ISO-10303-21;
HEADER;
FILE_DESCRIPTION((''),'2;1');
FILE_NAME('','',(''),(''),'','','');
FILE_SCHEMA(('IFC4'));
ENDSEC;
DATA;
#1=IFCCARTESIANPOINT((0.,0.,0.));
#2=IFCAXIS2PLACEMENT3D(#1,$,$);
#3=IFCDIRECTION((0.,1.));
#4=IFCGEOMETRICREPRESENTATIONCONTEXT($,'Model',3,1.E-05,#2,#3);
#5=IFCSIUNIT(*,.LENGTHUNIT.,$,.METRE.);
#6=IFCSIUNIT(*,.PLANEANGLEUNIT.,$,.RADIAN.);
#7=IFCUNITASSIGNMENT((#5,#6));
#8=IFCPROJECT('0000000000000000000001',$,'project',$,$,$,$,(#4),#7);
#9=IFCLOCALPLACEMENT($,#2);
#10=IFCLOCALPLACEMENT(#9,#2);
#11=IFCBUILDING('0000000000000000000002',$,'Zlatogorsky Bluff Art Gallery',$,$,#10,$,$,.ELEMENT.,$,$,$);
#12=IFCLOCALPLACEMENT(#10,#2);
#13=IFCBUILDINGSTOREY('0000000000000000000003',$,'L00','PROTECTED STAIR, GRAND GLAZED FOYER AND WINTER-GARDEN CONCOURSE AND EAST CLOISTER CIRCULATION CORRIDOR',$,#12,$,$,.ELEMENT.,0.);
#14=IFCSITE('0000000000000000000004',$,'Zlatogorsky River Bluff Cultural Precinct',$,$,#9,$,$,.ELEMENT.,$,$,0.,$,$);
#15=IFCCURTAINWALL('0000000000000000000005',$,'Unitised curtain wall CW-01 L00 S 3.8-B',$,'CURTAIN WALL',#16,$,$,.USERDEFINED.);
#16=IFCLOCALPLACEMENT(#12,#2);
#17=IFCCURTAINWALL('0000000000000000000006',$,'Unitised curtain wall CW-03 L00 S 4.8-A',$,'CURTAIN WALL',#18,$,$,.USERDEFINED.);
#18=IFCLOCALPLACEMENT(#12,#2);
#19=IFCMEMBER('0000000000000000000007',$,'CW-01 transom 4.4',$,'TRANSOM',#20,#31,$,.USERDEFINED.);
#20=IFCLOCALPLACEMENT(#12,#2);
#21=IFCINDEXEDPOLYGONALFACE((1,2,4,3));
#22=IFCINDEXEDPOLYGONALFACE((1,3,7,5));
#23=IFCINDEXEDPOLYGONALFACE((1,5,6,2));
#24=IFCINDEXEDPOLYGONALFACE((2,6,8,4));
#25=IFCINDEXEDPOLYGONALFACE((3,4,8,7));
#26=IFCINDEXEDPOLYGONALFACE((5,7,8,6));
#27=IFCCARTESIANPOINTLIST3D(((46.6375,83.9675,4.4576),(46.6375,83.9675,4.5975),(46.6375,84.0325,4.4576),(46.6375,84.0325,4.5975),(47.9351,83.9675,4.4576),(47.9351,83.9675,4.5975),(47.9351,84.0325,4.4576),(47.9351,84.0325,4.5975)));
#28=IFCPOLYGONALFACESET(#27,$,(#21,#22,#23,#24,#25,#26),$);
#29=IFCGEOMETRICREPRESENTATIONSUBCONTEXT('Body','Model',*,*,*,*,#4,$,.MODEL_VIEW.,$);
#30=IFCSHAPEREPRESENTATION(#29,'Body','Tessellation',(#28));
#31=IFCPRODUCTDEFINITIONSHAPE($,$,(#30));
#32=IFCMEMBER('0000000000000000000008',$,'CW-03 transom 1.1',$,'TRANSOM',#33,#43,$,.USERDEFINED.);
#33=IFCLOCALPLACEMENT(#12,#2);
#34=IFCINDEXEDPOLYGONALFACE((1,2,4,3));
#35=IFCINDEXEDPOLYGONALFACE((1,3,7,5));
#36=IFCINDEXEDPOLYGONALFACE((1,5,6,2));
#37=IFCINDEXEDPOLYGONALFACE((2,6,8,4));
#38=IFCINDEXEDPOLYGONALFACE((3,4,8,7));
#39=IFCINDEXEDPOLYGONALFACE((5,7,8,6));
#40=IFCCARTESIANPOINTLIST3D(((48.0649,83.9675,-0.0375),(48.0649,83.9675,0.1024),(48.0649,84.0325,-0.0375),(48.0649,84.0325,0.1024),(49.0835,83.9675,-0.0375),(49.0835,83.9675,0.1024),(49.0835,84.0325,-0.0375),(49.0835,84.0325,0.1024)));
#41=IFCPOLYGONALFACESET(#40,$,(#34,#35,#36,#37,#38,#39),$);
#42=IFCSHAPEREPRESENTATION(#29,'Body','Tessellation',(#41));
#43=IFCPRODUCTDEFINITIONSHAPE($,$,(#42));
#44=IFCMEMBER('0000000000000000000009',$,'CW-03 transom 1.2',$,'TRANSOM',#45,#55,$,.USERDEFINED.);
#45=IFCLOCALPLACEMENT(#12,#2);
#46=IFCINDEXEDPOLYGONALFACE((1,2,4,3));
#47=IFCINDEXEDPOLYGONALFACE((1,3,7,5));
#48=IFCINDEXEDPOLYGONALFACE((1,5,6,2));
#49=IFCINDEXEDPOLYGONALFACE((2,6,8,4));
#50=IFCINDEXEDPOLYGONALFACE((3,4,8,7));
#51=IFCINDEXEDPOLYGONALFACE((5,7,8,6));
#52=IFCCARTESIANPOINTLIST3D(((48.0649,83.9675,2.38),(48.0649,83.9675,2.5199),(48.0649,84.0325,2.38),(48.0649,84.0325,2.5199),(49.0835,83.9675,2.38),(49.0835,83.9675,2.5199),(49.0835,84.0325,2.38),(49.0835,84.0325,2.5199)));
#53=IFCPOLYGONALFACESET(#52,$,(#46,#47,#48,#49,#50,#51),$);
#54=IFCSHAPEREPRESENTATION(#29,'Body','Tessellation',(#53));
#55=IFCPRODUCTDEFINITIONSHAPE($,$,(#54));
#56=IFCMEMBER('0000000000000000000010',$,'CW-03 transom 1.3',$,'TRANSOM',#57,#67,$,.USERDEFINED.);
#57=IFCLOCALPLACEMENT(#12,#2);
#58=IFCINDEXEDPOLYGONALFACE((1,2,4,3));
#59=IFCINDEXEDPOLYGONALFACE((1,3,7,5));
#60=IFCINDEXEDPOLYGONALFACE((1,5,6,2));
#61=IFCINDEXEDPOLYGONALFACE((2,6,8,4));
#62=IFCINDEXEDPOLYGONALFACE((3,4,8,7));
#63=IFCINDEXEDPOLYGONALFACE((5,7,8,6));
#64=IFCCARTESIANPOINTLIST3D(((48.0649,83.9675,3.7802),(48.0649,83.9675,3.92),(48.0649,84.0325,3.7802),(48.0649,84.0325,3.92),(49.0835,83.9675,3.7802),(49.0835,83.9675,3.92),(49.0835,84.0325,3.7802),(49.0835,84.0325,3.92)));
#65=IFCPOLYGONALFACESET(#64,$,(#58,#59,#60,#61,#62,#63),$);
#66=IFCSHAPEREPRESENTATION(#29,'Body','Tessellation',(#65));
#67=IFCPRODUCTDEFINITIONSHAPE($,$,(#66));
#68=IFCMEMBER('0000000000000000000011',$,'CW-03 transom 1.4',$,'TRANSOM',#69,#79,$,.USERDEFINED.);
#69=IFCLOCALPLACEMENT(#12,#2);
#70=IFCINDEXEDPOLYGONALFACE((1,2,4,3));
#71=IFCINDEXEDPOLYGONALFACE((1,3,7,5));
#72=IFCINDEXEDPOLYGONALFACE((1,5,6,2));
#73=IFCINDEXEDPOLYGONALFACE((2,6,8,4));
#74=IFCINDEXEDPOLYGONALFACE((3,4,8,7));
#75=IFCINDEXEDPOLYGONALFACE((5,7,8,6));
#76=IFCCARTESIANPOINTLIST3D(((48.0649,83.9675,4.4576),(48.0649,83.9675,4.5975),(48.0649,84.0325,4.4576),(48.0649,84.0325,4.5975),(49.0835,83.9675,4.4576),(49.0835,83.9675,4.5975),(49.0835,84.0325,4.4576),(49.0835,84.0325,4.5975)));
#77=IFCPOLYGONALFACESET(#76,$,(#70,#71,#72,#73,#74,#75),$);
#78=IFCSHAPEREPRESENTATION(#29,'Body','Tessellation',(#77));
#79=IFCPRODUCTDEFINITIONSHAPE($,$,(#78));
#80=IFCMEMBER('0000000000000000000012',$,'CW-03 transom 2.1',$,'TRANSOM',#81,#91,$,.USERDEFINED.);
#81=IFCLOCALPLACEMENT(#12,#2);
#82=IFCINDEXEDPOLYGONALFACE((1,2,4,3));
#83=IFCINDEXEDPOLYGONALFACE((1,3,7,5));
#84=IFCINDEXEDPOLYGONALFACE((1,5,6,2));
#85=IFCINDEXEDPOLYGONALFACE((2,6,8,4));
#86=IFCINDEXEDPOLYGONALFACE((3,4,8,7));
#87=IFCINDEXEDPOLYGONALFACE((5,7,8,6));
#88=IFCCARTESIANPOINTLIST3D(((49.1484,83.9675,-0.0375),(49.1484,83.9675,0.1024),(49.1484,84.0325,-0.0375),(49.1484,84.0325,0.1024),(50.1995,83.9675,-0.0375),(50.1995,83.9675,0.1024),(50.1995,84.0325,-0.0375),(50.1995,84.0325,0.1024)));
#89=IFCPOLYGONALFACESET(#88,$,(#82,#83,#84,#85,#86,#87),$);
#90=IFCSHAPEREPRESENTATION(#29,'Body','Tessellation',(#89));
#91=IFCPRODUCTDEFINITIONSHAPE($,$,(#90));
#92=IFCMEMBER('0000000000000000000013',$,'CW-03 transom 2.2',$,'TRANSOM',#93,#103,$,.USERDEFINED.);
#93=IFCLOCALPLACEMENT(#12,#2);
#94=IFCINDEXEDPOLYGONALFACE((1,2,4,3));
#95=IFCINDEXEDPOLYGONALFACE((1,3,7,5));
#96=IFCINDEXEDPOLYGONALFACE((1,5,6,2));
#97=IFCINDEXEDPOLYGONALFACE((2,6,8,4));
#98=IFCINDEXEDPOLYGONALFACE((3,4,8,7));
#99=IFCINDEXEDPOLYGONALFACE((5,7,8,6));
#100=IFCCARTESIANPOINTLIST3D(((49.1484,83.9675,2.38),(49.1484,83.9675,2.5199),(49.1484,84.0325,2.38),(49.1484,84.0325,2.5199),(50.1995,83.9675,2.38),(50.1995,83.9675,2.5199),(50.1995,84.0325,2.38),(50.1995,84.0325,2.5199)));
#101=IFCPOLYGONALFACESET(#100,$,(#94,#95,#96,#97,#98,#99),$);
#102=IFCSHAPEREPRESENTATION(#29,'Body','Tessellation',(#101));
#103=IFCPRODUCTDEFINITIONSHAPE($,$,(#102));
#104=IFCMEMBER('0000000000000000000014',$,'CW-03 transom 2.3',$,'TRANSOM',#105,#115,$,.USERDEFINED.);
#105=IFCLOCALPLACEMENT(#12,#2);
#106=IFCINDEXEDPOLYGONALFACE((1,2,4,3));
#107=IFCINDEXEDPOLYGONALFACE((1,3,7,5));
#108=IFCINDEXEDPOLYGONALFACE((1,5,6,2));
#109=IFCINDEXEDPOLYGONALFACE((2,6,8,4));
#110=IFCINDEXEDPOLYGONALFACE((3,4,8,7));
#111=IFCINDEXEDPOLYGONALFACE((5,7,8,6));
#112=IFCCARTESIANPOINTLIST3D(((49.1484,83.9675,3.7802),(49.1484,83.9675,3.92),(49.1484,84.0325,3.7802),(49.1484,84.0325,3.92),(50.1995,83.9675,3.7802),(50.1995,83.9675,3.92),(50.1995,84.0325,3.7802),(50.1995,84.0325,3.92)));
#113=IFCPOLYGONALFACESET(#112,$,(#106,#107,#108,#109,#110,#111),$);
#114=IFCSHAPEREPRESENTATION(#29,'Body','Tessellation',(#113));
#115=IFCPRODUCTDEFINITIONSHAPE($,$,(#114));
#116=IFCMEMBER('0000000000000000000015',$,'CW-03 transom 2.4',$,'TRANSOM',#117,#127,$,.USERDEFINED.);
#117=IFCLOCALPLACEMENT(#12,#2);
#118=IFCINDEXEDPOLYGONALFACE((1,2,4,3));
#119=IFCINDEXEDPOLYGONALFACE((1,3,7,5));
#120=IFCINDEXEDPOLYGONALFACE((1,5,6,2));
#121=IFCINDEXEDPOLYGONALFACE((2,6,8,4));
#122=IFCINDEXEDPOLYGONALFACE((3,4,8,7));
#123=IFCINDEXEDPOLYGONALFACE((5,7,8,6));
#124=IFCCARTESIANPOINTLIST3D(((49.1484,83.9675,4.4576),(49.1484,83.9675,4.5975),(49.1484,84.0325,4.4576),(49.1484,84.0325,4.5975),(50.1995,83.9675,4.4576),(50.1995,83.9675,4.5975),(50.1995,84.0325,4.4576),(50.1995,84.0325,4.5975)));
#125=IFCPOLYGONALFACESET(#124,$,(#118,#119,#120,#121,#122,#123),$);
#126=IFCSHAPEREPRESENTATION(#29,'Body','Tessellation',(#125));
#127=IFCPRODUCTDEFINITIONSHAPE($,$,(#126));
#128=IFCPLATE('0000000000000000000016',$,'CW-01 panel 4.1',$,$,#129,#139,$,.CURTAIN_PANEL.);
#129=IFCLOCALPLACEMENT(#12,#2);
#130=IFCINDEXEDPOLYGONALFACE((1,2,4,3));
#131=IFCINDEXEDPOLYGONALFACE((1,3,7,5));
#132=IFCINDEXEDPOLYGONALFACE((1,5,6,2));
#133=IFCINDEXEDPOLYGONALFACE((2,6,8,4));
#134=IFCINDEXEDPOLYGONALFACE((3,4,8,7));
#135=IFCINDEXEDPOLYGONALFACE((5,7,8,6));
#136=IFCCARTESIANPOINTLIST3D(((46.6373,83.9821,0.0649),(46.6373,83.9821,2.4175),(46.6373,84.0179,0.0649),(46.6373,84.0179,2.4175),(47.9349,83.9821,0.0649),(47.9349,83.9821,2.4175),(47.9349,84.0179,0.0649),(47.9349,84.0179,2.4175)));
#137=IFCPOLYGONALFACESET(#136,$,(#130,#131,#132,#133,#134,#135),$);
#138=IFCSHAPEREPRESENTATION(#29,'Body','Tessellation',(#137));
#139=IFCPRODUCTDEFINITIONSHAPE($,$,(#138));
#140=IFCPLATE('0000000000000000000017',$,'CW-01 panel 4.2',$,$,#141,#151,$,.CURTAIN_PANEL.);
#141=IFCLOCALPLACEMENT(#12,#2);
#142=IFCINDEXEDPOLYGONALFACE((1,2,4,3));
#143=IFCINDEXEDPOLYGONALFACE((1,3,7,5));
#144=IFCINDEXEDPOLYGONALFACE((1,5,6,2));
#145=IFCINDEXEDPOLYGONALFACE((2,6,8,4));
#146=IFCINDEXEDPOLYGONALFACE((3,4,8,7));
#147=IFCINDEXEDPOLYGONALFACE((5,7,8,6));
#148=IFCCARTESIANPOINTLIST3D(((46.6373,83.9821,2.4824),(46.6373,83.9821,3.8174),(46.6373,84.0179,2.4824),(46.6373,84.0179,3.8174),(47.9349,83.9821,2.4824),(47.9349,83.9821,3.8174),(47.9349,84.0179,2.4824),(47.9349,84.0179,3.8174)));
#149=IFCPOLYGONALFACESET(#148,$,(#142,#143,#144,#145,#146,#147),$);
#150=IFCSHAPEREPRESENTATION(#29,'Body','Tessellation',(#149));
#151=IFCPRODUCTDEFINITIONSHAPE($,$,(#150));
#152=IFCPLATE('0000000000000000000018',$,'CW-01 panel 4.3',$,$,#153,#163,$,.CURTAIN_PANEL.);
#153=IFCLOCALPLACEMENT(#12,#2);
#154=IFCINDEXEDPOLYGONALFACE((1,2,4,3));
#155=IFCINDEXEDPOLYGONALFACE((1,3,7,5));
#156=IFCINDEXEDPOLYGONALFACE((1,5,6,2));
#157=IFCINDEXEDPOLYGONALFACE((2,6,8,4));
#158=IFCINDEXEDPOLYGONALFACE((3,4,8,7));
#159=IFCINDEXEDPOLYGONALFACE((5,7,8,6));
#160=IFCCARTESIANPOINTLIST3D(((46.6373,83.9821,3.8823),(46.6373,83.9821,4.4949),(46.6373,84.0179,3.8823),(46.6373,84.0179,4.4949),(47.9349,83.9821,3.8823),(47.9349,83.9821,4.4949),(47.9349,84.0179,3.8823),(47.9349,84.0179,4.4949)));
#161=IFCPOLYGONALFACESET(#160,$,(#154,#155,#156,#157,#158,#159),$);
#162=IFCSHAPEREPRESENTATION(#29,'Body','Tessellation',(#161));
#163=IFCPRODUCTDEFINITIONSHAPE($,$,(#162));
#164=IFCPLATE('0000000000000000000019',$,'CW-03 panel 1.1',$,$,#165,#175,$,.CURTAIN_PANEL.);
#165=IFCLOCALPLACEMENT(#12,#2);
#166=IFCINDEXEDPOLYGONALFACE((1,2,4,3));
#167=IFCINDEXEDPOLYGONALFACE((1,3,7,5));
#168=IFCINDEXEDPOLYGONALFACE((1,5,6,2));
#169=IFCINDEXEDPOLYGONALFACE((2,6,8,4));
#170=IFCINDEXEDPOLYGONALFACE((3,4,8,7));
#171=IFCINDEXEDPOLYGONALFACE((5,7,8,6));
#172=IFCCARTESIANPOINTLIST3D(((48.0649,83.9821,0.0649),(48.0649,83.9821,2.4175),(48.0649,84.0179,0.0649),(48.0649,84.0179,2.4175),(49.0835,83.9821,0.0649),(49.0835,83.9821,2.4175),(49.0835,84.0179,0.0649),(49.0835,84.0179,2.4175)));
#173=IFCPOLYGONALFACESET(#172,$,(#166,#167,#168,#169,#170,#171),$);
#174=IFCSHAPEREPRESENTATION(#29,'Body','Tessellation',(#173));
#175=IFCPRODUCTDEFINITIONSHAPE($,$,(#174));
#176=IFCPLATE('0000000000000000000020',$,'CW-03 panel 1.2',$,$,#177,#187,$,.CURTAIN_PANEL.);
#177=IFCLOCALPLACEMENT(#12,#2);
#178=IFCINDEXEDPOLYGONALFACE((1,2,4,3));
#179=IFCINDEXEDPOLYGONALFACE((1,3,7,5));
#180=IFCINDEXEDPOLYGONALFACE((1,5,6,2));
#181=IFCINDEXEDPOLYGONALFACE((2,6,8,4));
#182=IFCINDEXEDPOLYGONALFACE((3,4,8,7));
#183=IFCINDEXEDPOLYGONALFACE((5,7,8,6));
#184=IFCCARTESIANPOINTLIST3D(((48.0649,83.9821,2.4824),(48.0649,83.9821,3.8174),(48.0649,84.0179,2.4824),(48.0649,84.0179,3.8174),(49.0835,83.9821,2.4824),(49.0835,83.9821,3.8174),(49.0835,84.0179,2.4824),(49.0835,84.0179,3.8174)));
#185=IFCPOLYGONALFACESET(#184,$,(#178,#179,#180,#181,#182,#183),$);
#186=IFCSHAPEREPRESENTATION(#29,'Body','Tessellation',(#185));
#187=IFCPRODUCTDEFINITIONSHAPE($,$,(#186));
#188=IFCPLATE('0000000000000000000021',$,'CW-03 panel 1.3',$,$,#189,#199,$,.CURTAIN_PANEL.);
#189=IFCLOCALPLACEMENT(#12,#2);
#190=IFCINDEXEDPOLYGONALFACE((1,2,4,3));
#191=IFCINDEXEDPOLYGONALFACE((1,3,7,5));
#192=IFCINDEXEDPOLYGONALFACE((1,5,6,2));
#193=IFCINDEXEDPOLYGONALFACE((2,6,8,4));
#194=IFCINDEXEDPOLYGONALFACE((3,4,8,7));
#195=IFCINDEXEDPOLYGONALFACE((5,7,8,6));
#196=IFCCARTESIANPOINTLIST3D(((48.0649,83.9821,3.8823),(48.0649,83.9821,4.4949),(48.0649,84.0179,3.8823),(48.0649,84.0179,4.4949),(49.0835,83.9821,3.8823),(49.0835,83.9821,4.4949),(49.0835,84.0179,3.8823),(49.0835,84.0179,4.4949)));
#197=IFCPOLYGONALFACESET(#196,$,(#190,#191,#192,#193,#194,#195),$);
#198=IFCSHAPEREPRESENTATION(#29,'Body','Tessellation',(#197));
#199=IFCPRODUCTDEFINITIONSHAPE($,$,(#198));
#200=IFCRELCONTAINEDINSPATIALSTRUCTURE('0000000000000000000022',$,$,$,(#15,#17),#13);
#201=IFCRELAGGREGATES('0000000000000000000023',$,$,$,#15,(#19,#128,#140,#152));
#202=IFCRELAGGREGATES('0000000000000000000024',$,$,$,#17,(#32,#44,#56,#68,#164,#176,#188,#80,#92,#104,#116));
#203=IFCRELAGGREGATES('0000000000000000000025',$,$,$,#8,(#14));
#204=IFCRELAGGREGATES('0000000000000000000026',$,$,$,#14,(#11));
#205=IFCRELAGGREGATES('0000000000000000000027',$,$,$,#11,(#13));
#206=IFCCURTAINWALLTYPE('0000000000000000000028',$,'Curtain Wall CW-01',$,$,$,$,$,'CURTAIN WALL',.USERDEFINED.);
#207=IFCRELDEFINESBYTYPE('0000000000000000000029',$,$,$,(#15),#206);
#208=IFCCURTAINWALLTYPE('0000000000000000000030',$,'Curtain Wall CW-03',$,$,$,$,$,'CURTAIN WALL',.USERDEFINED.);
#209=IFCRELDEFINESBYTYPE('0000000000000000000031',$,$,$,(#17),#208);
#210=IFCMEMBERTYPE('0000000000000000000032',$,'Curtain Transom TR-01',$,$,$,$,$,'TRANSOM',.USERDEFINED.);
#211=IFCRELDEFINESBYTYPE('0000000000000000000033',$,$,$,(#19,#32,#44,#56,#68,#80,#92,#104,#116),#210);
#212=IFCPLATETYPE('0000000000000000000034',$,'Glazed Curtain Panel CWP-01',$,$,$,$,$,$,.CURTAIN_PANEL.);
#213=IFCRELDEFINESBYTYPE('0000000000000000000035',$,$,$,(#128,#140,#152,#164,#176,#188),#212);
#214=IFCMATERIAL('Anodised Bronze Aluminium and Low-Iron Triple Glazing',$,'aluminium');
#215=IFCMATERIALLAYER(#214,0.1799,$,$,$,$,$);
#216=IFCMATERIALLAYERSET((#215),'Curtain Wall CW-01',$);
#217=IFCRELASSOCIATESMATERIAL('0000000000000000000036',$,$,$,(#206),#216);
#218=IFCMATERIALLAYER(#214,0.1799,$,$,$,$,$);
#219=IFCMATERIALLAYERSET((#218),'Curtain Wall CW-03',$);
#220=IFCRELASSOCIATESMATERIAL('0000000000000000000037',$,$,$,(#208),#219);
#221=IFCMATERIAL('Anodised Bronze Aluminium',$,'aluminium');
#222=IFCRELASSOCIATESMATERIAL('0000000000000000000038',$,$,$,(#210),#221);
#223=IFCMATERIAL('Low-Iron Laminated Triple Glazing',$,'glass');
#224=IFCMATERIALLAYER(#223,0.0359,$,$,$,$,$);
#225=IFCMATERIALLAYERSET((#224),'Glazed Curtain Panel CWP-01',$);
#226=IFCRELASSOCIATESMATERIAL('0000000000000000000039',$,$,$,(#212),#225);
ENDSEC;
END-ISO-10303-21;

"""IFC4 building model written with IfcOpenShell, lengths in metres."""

from ifc_helpers import new_model, si_unit, direction, frame, origin, origin_2d, place, context, subcontext, project, spatial, rectangle, extrude, material, layer, layer_set, material_profile, profile_set, type_object, element, aggregate, save


model = new_model("IFC4")

# Units and contexts
model_context = context("Model", 3, precision=1e-05, world=origin(), true_north=direction((0.0, 1.0)))
body_context = subcontext(model_context, "Body", "Model", "MODEL_VIEW")
ifc_project = project(units=[si_unit("LENGTHUNIT", "METRE"), si_unit("PLANEANGLEUNIT", "RADIAN")], contexts=[model_context])

# Site, building, storey
site_placement = place(None, origin())
site = spatial("IfcSite", under=ifc_project, at=site_placement, Name="Zlatogorsky River Bluff Cultural Precinct", CompositionType="ELEMENT", RefElevation=0.0)
building_placement = place(site_placement, origin())
building = spatial("IfcBuilding", under=site, at=building_placement, Name="Zlatogorsky Bluff Art Gallery", CompositionType="ELEMENT")
storey_placement = place(building_placement, origin())
storey = spatial("IfcBuildingStorey", under=building, at=storey_placement, Name="L00", Description="PROTECTED STAIR, GRAND GLAZED FOYER AND WINTER-GARDEN CONCOURSE AND EAST CLOISTER CIRCULATION CORRIDOR", CompositionType="ELEMENT", Elevation=0.0)

# Curtain walls
ifc_material_1 = material(Name="Anodised Bronze Aluminium and Low-Iron Triple Glazing", Category="aluminium")
ifc_layer_1 = layer(ifc_material_1, 0.1799)
ifc_layer_set_1 = layer_set([ifc_layer_1], Name="Curtain Wall CW-01")
curtain_wall_type_1 = type_object("IfcCurtainWallType", Name="Curtain Wall CW-01", ElementType="CURTAIN WALL", PredefinedType="USERDEFINED", material=ifc_layer_set_1)
curtain_wall_1_placement = place(storey_placement, origin())
curtain_wall_1 = element("IfcCurtainWall", 1, at=curtain_wall_1_placement, inside=storey, type_object=curtain_wall_type_1, Name="Unitised curtain wall CW-01 L00 S 3.8-B", ObjectType="CURTAIN WALL", PredefinedType="USERDEFINED")
ifc_material_2 = material(Name="Anodised Bronze Aluminium", Category="aluminium")
ifc_layer_2 = layer(ifc_material_1, 0.1799)
ifc_layer_set_2 = layer_set([ifc_layer_2], Name="Curtain Wall CW-03")
curtain_wall_type_2 = type_object("IfcCurtainWallType", Name="Curtain Wall CW-03", ElementType="CURTAIN WALL", PredefinedType="USERDEFINED", material=ifc_layer_set_2)
curtain_wall_2_placement = place(storey_placement, origin())
curtain_wall_2 = element("IfcCurtainWall", 2, at=curtain_wall_2_placement, inside=storey, type_object=curtain_wall_type_2, Name="Unitised curtain wall CW-03 L00 S 4.8-A", ObjectType="CURTAIN WALL", PredefinedType="USERDEFINED")

# Members
ifc_material_profile_1 = material_profile(ifc_material_2, rectangle(XDim=0.0649, YDim=0.1399, at=origin_2d()), Name="ALU TRANSOM 65x140")
ifc_profile_set_1 = profile_set([ifc_material_profile_1], Name="Anodised Bronze Aluminium")
member_type_1 = type_object("IfcMemberType", Name="Curtain Transom TR-01", ElementType="TRANSOM", PredefinedType="USERDEFINED", material=ifc_profile_set_1)
member_1_placement = place(storey_placement, frame((46.6375, 84.0, 4.5276), z_axis=(1.0, 0.0, 0.0), x_axis=(0.0, 1.0, 0.0)))
member_1 = element("IfcMember", 3, at=member_1_placement, type_object=member_type_1, Name="CW-01 transom 4.4", ObjectType="TRANSOM", PredefinedType="USERDEFINED", context=body_context, shape_type="SweptSolid", body=[
    extrude(rectangle(XDim=0.0649, YDim=0.1399, at=origin_2d()), origin(), (0.0, 0.0, 1.0), 1.2976),
])
member_2_placement = place(storey_placement, frame((48.0649, 84.0, 0.0325), z_axis=(1.0, 0.0, 0.0), x_axis=(0.0, 1.0, 0.0)))
member_2 = element("IfcMember", 4, at=member_2_placement, type_object=member_type_1, Name="CW-03 transom 1.1", ObjectType="TRANSOM", PredefinedType="USERDEFINED", context=body_context, shape_type="SweptSolid", body=[
    extrude(rectangle(XDim=0.0649, YDim=0.1399, at=origin_2d()), origin(), (0.0, 0.0, 1.0), 1.0186),
])
member_3_placement = place(storey_placement, frame((48.0649, 84.0, 2.45), z_axis=(1.0, 0.0, 0.0), x_axis=(0.0, 1.0, 0.0)))
member_3 = element("IfcMember", 5, at=member_3_placement, type_object=member_type_1, Name="CW-03 transom 1.2", ObjectType="TRANSOM", PredefinedType="USERDEFINED", context=body_context, shape_type="SweptSolid", body=[
    extrude(rectangle(XDim=0.0649, YDim=0.1399, at=origin_2d()), origin(), (0.0, 0.0, 1.0), 1.0186),
])
member_4_placement = place(storey_placement, frame((48.0649, 84.0, 3.8501), z_axis=(1.0, 0.0, 0.0), x_axis=(0.0, 1.0, 0.0)))
member_4 = element("IfcMember", 6, at=member_4_placement, type_object=member_type_1, Name="CW-03 transom 1.3", ObjectType="TRANSOM", PredefinedType="USERDEFINED", context=body_context, shape_type="SweptSolid", body=[
    extrude(rectangle(XDim=0.0649, YDim=0.1399, at=origin_2d()), origin(), (0.0, 0.0, 1.0), 1.0186),
])
member_5_placement = place(storey_placement, frame((48.0649, 84.0, 4.5276), z_axis=(1.0, 0.0, 0.0), x_axis=(0.0, 1.0, 0.0)))
member_5 = element("IfcMember", 7, at=member_5_placement, type_object=member_type_1, Name="CW-03 transom 1.4", ObjectType="TRANSOM", PredefinedType="USERDEFINED", context=body_context, shape_type="SweptSolid", body=[
    extrude(rectangle(XDim=0.0649, YDim=0.1399, at=origin_2d()), origin(), (0.0, 0.0, 1.0), 1.0186),
])
member_6_placement = place(storey_placement, frame((49.1484, 84.0, 0.0325), z_axis=(1.0, 0.0, 0.0), x_axis=(0.0, 1.0, 0.0)))
member_6 = element("IfcMember", 8, at=member_6_placement, type_object=member_type_1, Name="CW-03 transom 2.1", ObjectType="TRANSOM", PredefinedType="USERDEFINED", context=body_context, shape_type="SweptSolid", body=[
    extrude(rectangle(XDim=0.0649, YDim=0.1399, at=origin_2d()), origin(), (0.0, 0.0, 1.0), 1.051),
])
member_7_placement = place(storey_placement, frame((49.1484, 84.0, 2.45), z_axis=(1.0, 0.0, 0.0), x_axis=(0.0, 1.0, 0.0)))
member_7 = element("IfcMember", 9, at=member_7_placement, type_object=member_type_1, Name="CW-03 transom 2.2", ObjectType="TRANSOM", PredefinedType="USERDEFINED", context=body_context, shape_type="SweptSolid", body=[
    extrude(rectangle(XDim=0.0649, YDim=0.1399, at=origin_2d()), origin(), (0.0, 0.0, 1.0), 1.051),
])
member_8_placement = place(storey_placement, frame((49.1484, 84.0, 3.8501), z_axis=(1.0, 0.0, 0.0), x_axis=(0.0, 1.0, 0.0)))
member_8 = element("IfcMember", 10, at=member_8_placement, type_object=member_type_1, Name="CW-03 transom 2.3", ObjectType="TRANSOM", PredefinedType="USERDEFINED", context=body_context, shape_type="SweptSolid", body=[
    extrude(rectangle(XDim=0.0649, YDim=0.1399, at=origin_2d()), origin(), (0.0, 0.0, 1.0), 1.051),
])
member_9_placement = place(storey_placement, frame((49.1484, 84.0, 4.5276), z_axis=(1.0, 0.0, 0.0), x_axis=(0.0, 1.0, 0.0)))
member_9 = element("IfcMember", 11, at=member_9_placement, type_object=member_type_1, Name="CW-03 transom 2.4", ObjectType="TRANSOM", PredefinedType="USERDEFINED", context=body_context, shape_type="SweptSolid", body=[
    extrude(rectangle(XDim=0.0649, YDim=0.1399, at=origin_2d()), origin(), (0.0, 0.0, 1.0), 1.051),
])

# Plates
ifc_material_3 = material(Name="Low-Iron Laminated Triple Glazing", Category="glass")
ifc_layer_3 = layer(ifc_material_3, 0.0359)
ifc_layer_set_3 = layer_set([ifc_layer_3], Name="Glazed Curtain Panel CWP-01")
plate_type = type_object("IfcPlateType", Name="Glazed Curtain Panel CWP-01", PredefinedType="CURTAIN_PANEL", material=ifc_layer_set_3)
plate_1_placement = place(storey_placement, frame((47.2861, 84.0, 0.0649), z_axis=(0.0, 0.0, 1.0), x_axis=(1.0, 0.0, 0.0)))
plate_1 = element("IfcPlate", 12, at=plate_1_placement, type_object=plate_type, Name="CW-01 panel 4.1", PredefinedType="CURTAIN_PANEL", context=body_context, shape_type="SweptSolid", body=[
    extrude(rectangle(XDim=1.2976, YDim=0.0359, at=origin_2d()), origin(), (0.0, 0.0, 1.0), 2.3525),
])
plate_2_placement = place(storey_placement, frame((47.2861, 84.0, 2.4824), z_axis=(0.0, 0.0, 1.0), x_axis=(1.0, 0.0, 0.0)))
plate_2 = element("IfcPlate", 13, at=plate_2_placement, type_object=plate_type, Name="CW-01 panel 4.2", PredefinedType="CURTAIN_PANEL", context=body_context, shape_type="SweptSolid", body=[
    extrude(rectangle(XDim=1.2976, YDim=0.0359, at=origin_2d()), origin(), (0.0, 0.0, 1.0), 1.335),
])
plate_3_placement = place(storey_placement, frame((47.2861, 84.0, 3.8823), z_axis=(0.0, 0.0, 1.0), x_axis=(1.0, 0.0, 0.0)))
plate_3 = element("IfcPlate", 14, at=plate_3_placement, type_object=plate_type, Name="CW-01 panel 4.3", PredefinedType="CURTAIN_PANEL", context=body_context, shape_type="SweptSolid", body=[
    extrude(rectangle(XDim=1.2976, YDim=0.0359, at=origin_2d()), origin(), (0.0, 0.0, 1.0), 0.6125),
])
aggregate(curtain_wall_1, [member_1, plate_1, plate_2, plate_3])
plate_4_placement = place(storey_placement, frame((48.5742, 84.0, 0.0649), z_axis=(0.0, 0.0, 1.0), x_axis=(1.0, 0.0, 0.0)))
plate_4 = element("IfcPlate", 15, at=plate_4_placement, type_object=plate_type, Name="CW-03 panel 1.1", PredefinedType="CURTAIN_PANEL", context=body_context, shape_type="SweptSolid", body=[
    extrude(rectangle(XDim=1.0186, YDim=0.0359, at=origin_2d()), origin(), (0.0, 0.0, 1.0), 2.3525),
])
plate_5_placement = place(storey_placement, frame((48.5742, 84.0, 2.4824), z_axis=(0.0, 0.0, 1.0), x_axis=(1.0, 0.0, 0.0)))
plate_5 = element("IfcPlate", 16, at=plate_5_placement, type_object=plate_type, Name="CW-03 panel 1.2", PredefinedType="CURTAIN_PANEL", context=body_context, shape_type="SweptSolid", body=[
    extrude(rectangle(XDim=1.0186, YDim=0.0359, at=origin_2d()), origin(), (0.0, 0.0, 1.0), 1.335),
])
plate_6_placement = place(storey_placement, frame((48.5742, 84.0, 3.8823), z_axis=(0.0, 0.0, 1.0), x_axis=(1.0, 0.0, 0.0)))
plate_6 = element("IfcPlate", 17, at=plate_6_placement, type_object=plate_type, Name="CW-03 panel 1.3", PredefinedType="CURTAIN_PANEL", context=body_context, shape_type="SweptSolid", body=[
    extrude(rectangle(XDim=1.0186, YDim=0.0359, at=origin_2d()), origin(), (0.0, 0.0, 1.0), 0.6125),
])
aggregate(curtain_wall_2, [member_2, member_3, member_4, member_5, plate_4, plate_5, plate_6, member_6, member_7, member_8, member_9])

save(model, "model.ifc")
